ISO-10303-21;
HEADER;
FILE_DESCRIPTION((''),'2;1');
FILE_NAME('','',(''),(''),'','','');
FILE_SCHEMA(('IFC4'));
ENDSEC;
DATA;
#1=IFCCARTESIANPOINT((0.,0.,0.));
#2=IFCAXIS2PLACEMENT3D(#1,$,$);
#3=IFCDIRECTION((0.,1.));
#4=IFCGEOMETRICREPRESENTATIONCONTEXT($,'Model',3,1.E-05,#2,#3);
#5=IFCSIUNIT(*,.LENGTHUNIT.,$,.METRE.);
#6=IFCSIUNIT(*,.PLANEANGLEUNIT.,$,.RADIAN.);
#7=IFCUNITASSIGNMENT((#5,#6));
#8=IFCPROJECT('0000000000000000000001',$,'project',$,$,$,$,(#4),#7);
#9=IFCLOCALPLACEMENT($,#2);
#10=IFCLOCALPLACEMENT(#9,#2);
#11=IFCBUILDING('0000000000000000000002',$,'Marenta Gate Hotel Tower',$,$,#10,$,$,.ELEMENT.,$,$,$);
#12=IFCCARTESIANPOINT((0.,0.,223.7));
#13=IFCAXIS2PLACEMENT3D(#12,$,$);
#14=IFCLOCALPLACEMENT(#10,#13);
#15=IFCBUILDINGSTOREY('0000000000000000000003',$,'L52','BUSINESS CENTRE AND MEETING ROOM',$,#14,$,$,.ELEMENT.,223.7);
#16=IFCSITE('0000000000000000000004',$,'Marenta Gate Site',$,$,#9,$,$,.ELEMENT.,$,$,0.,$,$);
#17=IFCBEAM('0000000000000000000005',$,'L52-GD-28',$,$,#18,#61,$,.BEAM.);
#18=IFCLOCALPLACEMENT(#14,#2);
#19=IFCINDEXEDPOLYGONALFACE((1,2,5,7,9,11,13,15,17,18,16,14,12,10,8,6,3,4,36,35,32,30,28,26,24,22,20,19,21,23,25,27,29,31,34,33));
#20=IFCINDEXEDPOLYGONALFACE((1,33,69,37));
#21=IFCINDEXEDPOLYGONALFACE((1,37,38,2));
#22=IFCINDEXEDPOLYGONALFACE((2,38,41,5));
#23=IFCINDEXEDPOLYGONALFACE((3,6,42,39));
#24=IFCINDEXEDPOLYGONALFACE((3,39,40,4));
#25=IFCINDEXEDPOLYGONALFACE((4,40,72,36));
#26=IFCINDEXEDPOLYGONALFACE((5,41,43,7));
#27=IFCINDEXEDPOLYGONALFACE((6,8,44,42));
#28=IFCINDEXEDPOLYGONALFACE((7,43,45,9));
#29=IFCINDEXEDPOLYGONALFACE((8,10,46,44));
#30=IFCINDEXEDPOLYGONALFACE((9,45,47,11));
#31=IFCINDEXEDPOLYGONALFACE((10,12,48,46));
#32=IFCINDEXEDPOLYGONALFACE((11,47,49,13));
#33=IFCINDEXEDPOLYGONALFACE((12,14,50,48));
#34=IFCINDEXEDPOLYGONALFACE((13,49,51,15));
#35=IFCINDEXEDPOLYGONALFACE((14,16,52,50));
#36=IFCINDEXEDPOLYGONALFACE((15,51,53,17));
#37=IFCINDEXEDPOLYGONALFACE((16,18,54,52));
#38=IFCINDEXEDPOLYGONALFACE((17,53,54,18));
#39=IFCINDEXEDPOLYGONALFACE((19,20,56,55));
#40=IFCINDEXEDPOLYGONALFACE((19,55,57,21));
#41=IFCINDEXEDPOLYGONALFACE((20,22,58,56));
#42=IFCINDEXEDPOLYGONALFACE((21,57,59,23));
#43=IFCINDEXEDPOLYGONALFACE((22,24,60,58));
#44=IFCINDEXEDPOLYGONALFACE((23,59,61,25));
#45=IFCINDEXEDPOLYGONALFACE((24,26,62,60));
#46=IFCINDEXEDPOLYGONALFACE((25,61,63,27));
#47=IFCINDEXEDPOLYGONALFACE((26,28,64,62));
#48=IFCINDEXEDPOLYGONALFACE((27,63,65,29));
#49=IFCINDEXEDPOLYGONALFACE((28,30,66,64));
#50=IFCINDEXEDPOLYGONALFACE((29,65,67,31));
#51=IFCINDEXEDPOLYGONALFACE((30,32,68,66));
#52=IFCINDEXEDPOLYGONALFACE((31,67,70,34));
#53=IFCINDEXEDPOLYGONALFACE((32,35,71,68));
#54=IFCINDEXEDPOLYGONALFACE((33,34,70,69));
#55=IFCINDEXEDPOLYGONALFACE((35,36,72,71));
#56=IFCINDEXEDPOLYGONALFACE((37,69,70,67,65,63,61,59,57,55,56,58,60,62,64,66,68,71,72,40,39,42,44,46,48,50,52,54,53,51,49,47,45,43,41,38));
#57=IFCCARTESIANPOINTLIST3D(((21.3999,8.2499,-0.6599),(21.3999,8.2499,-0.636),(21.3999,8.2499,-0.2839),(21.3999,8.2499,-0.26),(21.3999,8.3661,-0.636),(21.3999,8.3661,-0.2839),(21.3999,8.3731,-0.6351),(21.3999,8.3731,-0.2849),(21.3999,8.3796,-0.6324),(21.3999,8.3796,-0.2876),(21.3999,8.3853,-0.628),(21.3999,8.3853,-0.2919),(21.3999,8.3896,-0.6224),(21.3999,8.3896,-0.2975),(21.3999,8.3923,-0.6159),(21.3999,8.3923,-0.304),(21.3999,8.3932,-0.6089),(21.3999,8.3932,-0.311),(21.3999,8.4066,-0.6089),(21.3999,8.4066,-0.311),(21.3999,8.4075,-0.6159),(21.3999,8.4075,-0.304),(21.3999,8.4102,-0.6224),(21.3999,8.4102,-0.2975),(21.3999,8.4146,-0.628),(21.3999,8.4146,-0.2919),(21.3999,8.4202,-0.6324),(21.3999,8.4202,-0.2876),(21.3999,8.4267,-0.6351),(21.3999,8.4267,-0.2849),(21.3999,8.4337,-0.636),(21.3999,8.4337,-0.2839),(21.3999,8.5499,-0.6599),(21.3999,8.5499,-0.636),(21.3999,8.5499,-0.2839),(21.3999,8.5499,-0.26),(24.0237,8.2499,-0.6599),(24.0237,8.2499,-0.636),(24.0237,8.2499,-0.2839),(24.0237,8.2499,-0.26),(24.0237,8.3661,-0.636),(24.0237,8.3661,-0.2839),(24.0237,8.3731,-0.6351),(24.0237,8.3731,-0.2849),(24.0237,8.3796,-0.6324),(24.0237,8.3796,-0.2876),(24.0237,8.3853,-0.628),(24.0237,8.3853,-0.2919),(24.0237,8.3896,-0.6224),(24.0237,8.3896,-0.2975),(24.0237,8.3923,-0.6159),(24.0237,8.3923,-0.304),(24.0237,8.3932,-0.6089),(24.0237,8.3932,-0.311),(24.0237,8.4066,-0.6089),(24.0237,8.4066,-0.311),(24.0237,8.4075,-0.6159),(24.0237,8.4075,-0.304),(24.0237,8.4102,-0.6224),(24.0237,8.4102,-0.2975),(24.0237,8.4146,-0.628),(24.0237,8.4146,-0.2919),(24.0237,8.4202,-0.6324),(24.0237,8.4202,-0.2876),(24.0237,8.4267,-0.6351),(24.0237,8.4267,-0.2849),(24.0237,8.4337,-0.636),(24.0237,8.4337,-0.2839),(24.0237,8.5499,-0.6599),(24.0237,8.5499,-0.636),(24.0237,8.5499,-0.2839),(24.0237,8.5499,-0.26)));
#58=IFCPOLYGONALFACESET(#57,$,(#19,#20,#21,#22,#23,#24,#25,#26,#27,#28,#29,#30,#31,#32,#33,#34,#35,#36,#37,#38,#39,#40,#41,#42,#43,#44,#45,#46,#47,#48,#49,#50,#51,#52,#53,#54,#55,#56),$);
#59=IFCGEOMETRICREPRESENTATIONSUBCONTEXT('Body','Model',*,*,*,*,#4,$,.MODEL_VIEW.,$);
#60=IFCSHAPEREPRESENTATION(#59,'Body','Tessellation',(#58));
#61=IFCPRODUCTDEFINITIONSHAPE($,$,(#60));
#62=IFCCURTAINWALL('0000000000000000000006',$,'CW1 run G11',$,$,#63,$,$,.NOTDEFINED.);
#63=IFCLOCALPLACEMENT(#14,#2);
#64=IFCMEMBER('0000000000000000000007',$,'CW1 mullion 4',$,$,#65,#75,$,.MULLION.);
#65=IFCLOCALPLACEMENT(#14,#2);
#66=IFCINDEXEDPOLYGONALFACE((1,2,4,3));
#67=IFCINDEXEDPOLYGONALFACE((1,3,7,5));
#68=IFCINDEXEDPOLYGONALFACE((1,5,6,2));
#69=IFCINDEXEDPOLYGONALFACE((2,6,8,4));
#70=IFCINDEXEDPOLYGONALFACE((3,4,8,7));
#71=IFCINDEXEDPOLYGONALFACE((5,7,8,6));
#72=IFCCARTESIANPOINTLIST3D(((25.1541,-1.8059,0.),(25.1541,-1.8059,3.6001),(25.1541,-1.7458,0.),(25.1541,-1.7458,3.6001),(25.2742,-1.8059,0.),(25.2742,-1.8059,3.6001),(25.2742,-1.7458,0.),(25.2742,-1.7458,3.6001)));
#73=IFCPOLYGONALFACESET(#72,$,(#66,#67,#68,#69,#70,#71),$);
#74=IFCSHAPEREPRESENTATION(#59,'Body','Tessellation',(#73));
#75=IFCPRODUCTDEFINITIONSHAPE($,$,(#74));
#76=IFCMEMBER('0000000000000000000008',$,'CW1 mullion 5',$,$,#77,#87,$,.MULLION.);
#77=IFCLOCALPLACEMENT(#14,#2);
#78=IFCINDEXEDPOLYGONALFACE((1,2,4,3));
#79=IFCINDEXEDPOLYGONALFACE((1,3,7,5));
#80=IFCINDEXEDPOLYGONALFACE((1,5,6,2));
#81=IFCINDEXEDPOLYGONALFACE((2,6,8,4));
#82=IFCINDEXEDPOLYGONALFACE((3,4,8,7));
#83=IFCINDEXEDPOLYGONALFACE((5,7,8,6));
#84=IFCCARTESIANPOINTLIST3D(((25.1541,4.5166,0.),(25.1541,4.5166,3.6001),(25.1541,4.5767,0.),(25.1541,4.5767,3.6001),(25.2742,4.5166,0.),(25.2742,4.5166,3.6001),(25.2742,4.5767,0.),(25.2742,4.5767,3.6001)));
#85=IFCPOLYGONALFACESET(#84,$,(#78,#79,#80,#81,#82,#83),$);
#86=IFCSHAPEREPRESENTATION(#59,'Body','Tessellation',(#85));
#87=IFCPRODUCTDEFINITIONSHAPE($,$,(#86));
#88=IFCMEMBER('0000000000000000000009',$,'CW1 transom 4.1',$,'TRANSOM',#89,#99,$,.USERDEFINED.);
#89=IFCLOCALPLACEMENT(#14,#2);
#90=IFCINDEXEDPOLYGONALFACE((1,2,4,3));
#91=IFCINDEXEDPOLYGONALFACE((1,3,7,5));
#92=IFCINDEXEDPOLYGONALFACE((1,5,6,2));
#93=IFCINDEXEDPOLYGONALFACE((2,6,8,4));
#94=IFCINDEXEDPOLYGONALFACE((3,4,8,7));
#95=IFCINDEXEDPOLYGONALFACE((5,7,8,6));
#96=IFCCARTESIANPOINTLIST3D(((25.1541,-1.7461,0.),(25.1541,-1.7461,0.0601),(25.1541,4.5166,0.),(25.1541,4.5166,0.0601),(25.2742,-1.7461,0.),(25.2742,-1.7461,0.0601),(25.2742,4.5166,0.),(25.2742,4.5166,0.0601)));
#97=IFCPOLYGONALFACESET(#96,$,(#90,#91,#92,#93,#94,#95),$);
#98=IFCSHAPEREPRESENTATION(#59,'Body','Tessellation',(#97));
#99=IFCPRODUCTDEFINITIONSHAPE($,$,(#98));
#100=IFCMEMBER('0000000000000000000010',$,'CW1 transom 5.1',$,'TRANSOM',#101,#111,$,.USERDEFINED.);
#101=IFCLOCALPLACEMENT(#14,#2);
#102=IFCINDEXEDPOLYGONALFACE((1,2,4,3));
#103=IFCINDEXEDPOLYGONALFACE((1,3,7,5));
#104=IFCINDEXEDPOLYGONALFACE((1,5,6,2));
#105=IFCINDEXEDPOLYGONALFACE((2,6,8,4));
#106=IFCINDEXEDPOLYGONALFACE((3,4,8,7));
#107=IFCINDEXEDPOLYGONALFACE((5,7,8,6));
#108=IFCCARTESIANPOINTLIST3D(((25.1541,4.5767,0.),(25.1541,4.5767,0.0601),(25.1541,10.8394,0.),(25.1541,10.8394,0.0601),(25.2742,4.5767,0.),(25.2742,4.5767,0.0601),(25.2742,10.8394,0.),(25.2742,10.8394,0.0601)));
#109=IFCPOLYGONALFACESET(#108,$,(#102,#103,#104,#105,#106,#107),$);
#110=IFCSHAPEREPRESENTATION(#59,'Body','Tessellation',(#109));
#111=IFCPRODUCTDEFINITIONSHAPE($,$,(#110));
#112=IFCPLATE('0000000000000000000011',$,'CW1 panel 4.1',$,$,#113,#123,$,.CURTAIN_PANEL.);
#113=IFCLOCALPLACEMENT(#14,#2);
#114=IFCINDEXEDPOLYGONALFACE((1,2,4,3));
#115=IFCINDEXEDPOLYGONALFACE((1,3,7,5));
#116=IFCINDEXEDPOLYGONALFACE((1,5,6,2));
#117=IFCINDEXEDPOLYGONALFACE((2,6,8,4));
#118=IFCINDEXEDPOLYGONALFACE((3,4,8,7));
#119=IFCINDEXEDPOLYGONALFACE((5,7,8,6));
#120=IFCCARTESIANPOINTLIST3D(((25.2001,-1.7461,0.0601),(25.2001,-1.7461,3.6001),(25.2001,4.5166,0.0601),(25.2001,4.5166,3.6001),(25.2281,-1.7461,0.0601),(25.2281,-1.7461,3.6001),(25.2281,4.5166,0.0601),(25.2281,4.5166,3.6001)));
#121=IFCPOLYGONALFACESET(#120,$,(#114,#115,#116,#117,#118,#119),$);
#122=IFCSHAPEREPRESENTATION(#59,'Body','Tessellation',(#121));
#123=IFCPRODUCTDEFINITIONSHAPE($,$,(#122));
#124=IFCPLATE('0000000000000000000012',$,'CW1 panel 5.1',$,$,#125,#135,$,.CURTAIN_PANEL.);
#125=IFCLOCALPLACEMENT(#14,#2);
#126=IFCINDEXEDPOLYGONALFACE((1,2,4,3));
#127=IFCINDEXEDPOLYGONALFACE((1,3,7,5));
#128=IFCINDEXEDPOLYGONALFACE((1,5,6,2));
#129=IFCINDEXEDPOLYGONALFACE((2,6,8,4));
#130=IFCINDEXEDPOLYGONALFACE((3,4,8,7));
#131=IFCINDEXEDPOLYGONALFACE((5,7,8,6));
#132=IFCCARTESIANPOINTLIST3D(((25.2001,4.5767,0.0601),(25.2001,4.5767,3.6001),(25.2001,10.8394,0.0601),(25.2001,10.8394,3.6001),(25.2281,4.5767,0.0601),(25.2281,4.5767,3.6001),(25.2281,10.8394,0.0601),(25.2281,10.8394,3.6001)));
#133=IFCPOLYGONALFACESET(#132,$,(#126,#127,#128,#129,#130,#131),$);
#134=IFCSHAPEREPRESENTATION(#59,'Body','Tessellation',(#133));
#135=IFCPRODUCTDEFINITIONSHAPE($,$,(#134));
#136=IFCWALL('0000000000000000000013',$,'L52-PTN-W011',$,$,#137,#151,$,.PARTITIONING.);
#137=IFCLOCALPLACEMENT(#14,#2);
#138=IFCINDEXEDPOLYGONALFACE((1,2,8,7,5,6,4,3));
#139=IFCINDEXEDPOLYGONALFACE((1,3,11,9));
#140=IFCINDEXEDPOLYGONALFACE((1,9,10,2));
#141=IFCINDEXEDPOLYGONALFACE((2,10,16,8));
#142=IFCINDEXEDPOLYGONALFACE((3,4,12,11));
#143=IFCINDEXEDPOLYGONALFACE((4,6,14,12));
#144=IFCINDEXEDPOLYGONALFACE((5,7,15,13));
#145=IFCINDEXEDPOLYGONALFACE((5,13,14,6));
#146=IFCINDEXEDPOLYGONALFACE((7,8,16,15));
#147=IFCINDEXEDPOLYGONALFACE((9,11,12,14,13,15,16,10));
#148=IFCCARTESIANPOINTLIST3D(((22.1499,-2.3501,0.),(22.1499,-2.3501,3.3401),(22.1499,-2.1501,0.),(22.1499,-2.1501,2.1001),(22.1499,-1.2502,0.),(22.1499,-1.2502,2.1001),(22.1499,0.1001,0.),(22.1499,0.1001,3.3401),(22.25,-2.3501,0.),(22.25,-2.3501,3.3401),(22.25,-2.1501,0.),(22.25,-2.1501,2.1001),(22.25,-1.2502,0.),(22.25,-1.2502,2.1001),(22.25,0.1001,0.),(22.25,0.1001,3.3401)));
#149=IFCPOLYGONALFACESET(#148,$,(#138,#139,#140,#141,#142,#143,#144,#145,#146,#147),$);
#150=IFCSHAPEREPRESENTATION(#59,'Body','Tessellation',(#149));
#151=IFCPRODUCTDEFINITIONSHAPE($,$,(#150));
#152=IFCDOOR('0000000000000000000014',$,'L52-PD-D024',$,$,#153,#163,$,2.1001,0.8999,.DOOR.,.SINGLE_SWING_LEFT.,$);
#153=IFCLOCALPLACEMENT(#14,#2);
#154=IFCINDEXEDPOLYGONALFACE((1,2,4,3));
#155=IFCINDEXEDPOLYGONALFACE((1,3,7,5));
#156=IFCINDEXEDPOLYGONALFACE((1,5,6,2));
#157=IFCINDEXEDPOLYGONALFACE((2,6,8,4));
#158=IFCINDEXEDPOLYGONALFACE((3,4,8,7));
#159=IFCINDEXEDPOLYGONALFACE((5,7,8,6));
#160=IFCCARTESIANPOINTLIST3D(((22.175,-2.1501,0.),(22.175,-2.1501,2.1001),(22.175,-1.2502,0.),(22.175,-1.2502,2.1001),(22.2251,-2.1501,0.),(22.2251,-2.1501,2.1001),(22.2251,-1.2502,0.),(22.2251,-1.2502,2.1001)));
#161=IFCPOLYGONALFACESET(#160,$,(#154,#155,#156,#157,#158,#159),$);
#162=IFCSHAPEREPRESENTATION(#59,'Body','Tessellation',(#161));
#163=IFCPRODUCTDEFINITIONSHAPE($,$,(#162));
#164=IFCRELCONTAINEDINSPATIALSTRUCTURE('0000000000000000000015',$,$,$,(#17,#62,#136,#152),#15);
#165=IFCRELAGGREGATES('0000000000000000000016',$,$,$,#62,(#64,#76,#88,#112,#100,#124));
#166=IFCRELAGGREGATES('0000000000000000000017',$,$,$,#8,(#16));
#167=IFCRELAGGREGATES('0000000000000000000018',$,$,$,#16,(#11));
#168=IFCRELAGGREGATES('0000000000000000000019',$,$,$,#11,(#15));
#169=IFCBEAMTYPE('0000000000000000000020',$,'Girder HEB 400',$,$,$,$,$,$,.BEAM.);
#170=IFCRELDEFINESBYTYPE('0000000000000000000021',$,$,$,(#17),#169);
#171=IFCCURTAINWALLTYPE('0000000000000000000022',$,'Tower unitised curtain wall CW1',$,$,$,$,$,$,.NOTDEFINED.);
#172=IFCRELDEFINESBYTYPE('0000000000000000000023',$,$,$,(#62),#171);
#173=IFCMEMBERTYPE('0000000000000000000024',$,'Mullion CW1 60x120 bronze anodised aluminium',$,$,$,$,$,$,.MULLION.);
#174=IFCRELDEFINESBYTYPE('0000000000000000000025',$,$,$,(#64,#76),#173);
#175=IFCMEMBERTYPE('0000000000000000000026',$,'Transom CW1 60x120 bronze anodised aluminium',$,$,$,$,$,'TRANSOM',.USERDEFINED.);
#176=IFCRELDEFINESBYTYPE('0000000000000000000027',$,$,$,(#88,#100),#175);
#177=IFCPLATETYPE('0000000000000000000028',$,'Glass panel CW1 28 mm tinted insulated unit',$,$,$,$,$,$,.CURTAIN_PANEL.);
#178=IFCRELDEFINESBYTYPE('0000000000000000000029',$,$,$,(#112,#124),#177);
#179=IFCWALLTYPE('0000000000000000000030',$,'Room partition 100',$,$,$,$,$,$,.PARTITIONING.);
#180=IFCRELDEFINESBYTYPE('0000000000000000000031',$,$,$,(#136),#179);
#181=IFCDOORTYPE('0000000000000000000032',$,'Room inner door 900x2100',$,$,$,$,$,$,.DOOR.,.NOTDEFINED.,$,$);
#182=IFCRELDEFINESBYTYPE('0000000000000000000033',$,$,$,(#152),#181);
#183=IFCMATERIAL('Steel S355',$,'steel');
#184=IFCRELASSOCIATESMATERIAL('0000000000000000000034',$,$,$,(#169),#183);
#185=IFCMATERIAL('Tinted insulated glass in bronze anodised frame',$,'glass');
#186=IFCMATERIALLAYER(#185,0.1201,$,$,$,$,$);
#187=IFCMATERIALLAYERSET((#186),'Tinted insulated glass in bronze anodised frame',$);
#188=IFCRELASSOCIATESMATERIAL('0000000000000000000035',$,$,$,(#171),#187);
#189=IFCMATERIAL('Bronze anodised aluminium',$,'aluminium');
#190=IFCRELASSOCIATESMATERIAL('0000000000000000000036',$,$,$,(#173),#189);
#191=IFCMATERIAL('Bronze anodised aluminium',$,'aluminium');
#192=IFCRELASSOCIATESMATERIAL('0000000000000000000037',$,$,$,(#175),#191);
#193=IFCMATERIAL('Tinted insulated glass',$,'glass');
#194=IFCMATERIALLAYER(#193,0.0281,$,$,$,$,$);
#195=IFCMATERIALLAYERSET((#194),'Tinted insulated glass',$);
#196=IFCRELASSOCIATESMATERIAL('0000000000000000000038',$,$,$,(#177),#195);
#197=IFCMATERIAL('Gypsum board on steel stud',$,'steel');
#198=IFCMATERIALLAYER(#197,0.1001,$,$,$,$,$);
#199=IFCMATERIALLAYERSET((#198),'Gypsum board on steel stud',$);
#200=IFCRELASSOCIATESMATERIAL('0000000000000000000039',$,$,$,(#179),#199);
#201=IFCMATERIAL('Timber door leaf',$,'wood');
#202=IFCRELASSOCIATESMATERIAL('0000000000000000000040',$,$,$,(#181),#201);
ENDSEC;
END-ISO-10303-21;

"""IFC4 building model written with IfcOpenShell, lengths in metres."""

from ifc_helpers import new_model, si_unit, direction, frame, frame_2d, origin, origin_2d, place, context, subcontext, project, spatial, rectangle, i_section, extrude, material, layer, layer_set, material_profile, profile_set, type_object, element, fill, aggregate, save


model = new_model("IFC4")

# Units and contexts
model_context = context("Model", 3, precision=1e-05, world=origin(), true_north=direction((0.0, 1.0)))
body_context = subcontext(model_context, "Body", "Model", "MODEL_VIEW")
ifc_project = project(units=[si_unit("LENGTHUNIT", "METRE"), si_unit("PLANEANGLEUNIT", "RADIAN")], contexts=[model_context])

# Site, building, storey
site_placement = place(None, origin())
site = spatial("IfcSite", under=ifc_project, at=site_placement, Name="Marenta Gate Site", CompositionType="ELEMENT", RefElevation=0.0)
building_placement = place(site_placement, origin())
building = spatial("IfcBuilding", under=site, at=building_placement, Name="Marenta Gate Hotel Tower", CompositionType="ELEMENT")
storey_placement = place(building_placement, frame((0.0, 0.0, 223.7)))
storey = spatial("IfcBuildingStorey", under=building, at=storey_placement, Name="L52", Description="BUSINESS CENTRE AND MEETING ROOM", CompositionType="ELEMENT", Elevation=223.7)

# Beam
ifc_material_1 = material(Name="Steel S355", Category="steel")
ifc_material_profile_1 = material_profile(ifc_material_1, i_section(OverallWidth=0.3, OverallDepth=0.3999, WebThickness=0.0134, FlangeThickness=0.0239, FilletRadius=0.0271, at=origin_2d()), Name="HEB 400")
ifc_profile_set_1 = profile_set([ifc_material_profile_1], Name="Steel S355")
beam_type_1 = type_object("IfcBeamType", Name="Girder HEB 400", PredefinedType="BEAM", material=ifc_profile_set_1)
beam_1_placement = place(storey_placement, frame((21.3999, 8.3999, -0.46), z_axis=(1.0, 0.0, 0.0), x_axis=(0.0, 1.0, 0.0)))
element("IfcBeam", 1, at=beam_1_placement, inside=storey, type_object=beam_type_1, Name="L52-GD-28", PredefinedType="BEAM", context=body_context, shape_type="SweptSolid", body=[
    extrude(i_section(OverallWidth=0.3, OverallDepth=0.3999, WebThickness=0.0134, FlangeThickness=0.0239, FilletRadius=0.0271, at=origin_2d()), origin(), (0.0, 0.0, 1.0), 2.6238),
])

# Curtain wall, members, plates
ifc_material_2 = material(Name="Tinted insulated glass in bronze anodised frame", Category="glass")
ifc_layer_1 = layer(ifc_material_2, 0.1201)
ifc_layer_set_1 = layer_set([ifc_layer_1], Name="Tinted insulated glass in bronze anodised frame")
curtain_wall_type = type_object("IfcCurtainWallType", Name="Tower unitised curtain wall CW1", PredefinedType="NOTDEFINED", material=ifc_layer_set_1)
curtain_wall_placement = place(storey_placement, origin())
curtain_wall = element("IfcCurtainWall", 2, at=curtain_wall_placement, inside=storey, type_object=curtain_wall_type, Name="CW1 run G11", PredefinedType="NOTDEFINED")
ifc_material_3 = material(Name="Bronze anodised aluminium", Category="aluminium")
ifc_material_profile_2 = material_profile(ifc_material_3, rectangle(XDim=0.1201, YDim=0.0601, at=origin_2d()), Name="Mullion CW1 60x120 bronze anodised aluminium")
ifc_profile_set_2 = profile_set([ifc_material_profile_2], Name="Bronze anodised aluminium")
member_type_1 = type_object("IfcMemberType", Name="Mullion CW1 60x120 bronze anodised aluminium", PredefinedType="MULLION", material=ifc_profile_set_2)
member_1_placement = place(storey_placement, frame((25.2141, -1.7759, 0.0), z_axis=(0.0, 0.0, 1.0), x_axis=(-1.0, 0.0, 0.0)))
member_1 = element("IfcMember", 3, at=member_1_placement, type_object=member_type_1, Name="CW1 mullion 4", PredefinedType="MULLION", context=body_context, shape_type="SweptSolid", body=[
    extrude(rectangle(XDim=0.1201, YDim=0.0601, at=origin_2d()), origin(), (0.0, 0.0, 1.0), 3.6001),
])
member_2_placement = place(storey_placement, frame((25.2141, 4.5466, 0.0), z_axis=(0.0, 0.0, 1.0), x_axis=(-1.0, 0.0, 0.0)))
member_2 = element("IfcMember", 4, at=member_2_placement, type_object=member_type_1, Name="CW1 mullion 5", PredefinedType="MULLION", context=body_context, shape_type="SweptSolid", body=[
    extrude(rectangle(XDim=0.1201, YDim=0.0601, at=origin_2d()), origin(), (0.0, 0.0, 1.0), 3.6001),
])
ifc_material_4 = material(Name="Bronze anodised aluminium", Category="aluminium")
ifc_material_profile_3 = material_profile(ifc_material_4, rectangle(XDim=0.1201, YDim=0.0601, at=origin_2d()), Name="Transom CW1 60x120 bronze anodised aluminium")
ifc_profile_set_3 = profile_set([ifc_material_profile_3], Name="Bronze anodised aluminium")
member_type_2 = type_object("IfcMemberType", Name="Transom CW1 60x120 bronze anodised aluminium", ElementType="TRANSOM", PredefinedType="USERDEFINED", material=ifc_profile_set_3)
member_3_placement = place(storey_placement, frame((25.2141, -1.7461, 0.03), z_axis=(0.0, 1.0, 0.0), x_axis=(-1.0, 0.0, 0.0)))
member_3 = element("IfcMember", 5, at=member_3_placement, type_object=member_type_2, Name="CW1 transom 4.1", ObjectType="TRANSOM", PredefinedType="USERDEFINED", context=body_context, shape_type="SweptSolid", body=[
    extrude(rectangle(XDim=0.1201, YDim=0.0601, at=origin_2d()), origin(), (0.0, 0.0, 1.0), 6.2627),
])
member_4_placement = place(storey_placement, frame((25.2141, 4.5767, 0.03), z_axis=(0.0, 1.0, 0.0), x_axis=(-1.0, 0.0, 0.0)))
member_4 = element("IfcMember", 6, at=member_4_placement, type_object=member_type_2, Name="CW1 transom 5.1", ObjectType="TRANSOM", PredefinedType="USERDEFINED", context=body_context, shape_type="SweptSolid", body=[
    extrude(rectangle(XDim=0.1201, YDim=0.0601, at=origin_2d()), origin(), (0.0, 0.0, 1.0), 6.2627),
])
ifc_material_5 = material(Name="Tinted insulated glass", Category="glass")
ifc_layer_2 = layer(ifc_material_5, 0.0281)
ifc_layer_set_2 = layer_set([ifc_layer_2], Name="Tinted insulated glass")
plate_type = type_object("IfcPlateType", Name="Glass panel CW1 28 mm tinted insulated unit", PredefinedType="CURTAIN_PANEL", material=ifc_layer_set_2)
plate_1_placement = place(storey_placement, frame((25.2141, 1.3853, 0.0601), z_axis=(0.0, 0.0, 1.0), x_axis=(0.0, 1.0, 0.0)))
plate_1 = element("IfcPlate", 7, at=plate_1_placement, type_object=plate_type, Name="CW1 panel 4.1", PredefinedType="CURTAIN_PANEL", context=body_context, shape_type="SweptSolid", body=[
    extrude(rectangle(XDim=6.2627, YDim=0.0281, at=origin_2d()), origin(), (0.0, 0.0, 1.0), 3.54),
])
plate_2_placement = place(storey_placement, frame((25.2141, 7.708, 0.0601), z_axis=(0.0, 0.0, 1.0), x_axis=(0.0, 1.0, 0.0)))
plate_2 = element("IfcPlate", 8, at=plate_2_placement, type_object=plate_type, Name="CW1 panel 5.1", PredefinedType="CURTAIN_PANEL", context=body_context, shape_type="SweptSolid", body=[
    extrude(rectangle(XDim=6.2627, YDim=0.0281, at=origin_2d()), origin(), (0.0, 0.0, 1.0), 3.54),
])
aggregate(curtain_wall, [member_1, member_2, member_3, plate_1, member_4, plate_2])

# Wall, opening, door
ifc_material_6 = material(Name="Gypsum board on steel stud", Category="steel")
ifc_layer_3 = layer(ifc_material_6, 0.1001)
ifc_layer_set_3 = layer_set([ifc_layer_3], Name="Gypsum board on steel stud")
wall_type = type_object("IfcWallType", Name="Room partition 100", PredefinedType="PARTITIONING", material=ifc_layer_set_3)
wall_placement = place(storey_placement, frame((22.2, -2.3501, 0.0), z_axis=(0.0, 0.0, 1.0), x_axis=(0.0, 1.0, 0.0)))
wall = element("IfcWall", 9, at=wall_placement, inside=storey, type_object=wall_type, Name="L52-PTN-W011", PredefinedType="PARTITIONING", context=body_context, shape_type="SweptSolid", body=[
    extrude(rectangle(XDim=2.4502, YDim=0.1001, at=frame_2d((1.2251, 0.0))), origin(), (0.0, 0.0, 1.0), 3.3401),
])
opening_placement = place(wall_placement, frame((0.2, 0.0, 0.0)))
opening = element("IfcOpeningElement", 10, at=opening_placement, cuts=wall, PredefinedType="OPENING", context=body_context, shape_type="SweptSolid", body=[
    extrude(rectangle(XDim=0.8999, YDim=2.1001, at=frame_2d((0.45, 1.05))), frame((0.0, 0.05, 0.0), z_axis=(0.0, -1.0, 0.0), x_axis=(1.0, 0.0, 0.0)), (0.0, 0.0, 1.0), 0.1001),
])
ifc_material_7 = material(Name="Timber door leaf", Category="wood")
door_type = type_object("IfcDoorType", Name="Room inner door 900x2100", OperationType="NOTDEFINED", PredefinedType="DOOR", material=ifc_material_7)
door_placement = place(opening_placement, origin())
door = element("IfcDoor", 11, at=door_placement, inside=storey, type_object=door_type, Name="L52-PD-D024", OperationType="SINGLE_SWING_LEFT", OverallHeight=2.1001, OverallWidth=0.8999, PredefinedType="DOOR", context=body_context, shape_type="SweptSolid", body=[
    extrude(rectangle(XDim=0.8999, YDim=2.1001, at=frame_2d((0.45, 1.05))), frame((0.0, 0.0249, 0.0), z_axis=(0.0, -1.0, 0.0), x_axis=(1.0, 0.0, 0.0)), (0.0, 0.0, 1.0), 0.05),
])
fill(opening, door)

save(model, "model.ifc")
